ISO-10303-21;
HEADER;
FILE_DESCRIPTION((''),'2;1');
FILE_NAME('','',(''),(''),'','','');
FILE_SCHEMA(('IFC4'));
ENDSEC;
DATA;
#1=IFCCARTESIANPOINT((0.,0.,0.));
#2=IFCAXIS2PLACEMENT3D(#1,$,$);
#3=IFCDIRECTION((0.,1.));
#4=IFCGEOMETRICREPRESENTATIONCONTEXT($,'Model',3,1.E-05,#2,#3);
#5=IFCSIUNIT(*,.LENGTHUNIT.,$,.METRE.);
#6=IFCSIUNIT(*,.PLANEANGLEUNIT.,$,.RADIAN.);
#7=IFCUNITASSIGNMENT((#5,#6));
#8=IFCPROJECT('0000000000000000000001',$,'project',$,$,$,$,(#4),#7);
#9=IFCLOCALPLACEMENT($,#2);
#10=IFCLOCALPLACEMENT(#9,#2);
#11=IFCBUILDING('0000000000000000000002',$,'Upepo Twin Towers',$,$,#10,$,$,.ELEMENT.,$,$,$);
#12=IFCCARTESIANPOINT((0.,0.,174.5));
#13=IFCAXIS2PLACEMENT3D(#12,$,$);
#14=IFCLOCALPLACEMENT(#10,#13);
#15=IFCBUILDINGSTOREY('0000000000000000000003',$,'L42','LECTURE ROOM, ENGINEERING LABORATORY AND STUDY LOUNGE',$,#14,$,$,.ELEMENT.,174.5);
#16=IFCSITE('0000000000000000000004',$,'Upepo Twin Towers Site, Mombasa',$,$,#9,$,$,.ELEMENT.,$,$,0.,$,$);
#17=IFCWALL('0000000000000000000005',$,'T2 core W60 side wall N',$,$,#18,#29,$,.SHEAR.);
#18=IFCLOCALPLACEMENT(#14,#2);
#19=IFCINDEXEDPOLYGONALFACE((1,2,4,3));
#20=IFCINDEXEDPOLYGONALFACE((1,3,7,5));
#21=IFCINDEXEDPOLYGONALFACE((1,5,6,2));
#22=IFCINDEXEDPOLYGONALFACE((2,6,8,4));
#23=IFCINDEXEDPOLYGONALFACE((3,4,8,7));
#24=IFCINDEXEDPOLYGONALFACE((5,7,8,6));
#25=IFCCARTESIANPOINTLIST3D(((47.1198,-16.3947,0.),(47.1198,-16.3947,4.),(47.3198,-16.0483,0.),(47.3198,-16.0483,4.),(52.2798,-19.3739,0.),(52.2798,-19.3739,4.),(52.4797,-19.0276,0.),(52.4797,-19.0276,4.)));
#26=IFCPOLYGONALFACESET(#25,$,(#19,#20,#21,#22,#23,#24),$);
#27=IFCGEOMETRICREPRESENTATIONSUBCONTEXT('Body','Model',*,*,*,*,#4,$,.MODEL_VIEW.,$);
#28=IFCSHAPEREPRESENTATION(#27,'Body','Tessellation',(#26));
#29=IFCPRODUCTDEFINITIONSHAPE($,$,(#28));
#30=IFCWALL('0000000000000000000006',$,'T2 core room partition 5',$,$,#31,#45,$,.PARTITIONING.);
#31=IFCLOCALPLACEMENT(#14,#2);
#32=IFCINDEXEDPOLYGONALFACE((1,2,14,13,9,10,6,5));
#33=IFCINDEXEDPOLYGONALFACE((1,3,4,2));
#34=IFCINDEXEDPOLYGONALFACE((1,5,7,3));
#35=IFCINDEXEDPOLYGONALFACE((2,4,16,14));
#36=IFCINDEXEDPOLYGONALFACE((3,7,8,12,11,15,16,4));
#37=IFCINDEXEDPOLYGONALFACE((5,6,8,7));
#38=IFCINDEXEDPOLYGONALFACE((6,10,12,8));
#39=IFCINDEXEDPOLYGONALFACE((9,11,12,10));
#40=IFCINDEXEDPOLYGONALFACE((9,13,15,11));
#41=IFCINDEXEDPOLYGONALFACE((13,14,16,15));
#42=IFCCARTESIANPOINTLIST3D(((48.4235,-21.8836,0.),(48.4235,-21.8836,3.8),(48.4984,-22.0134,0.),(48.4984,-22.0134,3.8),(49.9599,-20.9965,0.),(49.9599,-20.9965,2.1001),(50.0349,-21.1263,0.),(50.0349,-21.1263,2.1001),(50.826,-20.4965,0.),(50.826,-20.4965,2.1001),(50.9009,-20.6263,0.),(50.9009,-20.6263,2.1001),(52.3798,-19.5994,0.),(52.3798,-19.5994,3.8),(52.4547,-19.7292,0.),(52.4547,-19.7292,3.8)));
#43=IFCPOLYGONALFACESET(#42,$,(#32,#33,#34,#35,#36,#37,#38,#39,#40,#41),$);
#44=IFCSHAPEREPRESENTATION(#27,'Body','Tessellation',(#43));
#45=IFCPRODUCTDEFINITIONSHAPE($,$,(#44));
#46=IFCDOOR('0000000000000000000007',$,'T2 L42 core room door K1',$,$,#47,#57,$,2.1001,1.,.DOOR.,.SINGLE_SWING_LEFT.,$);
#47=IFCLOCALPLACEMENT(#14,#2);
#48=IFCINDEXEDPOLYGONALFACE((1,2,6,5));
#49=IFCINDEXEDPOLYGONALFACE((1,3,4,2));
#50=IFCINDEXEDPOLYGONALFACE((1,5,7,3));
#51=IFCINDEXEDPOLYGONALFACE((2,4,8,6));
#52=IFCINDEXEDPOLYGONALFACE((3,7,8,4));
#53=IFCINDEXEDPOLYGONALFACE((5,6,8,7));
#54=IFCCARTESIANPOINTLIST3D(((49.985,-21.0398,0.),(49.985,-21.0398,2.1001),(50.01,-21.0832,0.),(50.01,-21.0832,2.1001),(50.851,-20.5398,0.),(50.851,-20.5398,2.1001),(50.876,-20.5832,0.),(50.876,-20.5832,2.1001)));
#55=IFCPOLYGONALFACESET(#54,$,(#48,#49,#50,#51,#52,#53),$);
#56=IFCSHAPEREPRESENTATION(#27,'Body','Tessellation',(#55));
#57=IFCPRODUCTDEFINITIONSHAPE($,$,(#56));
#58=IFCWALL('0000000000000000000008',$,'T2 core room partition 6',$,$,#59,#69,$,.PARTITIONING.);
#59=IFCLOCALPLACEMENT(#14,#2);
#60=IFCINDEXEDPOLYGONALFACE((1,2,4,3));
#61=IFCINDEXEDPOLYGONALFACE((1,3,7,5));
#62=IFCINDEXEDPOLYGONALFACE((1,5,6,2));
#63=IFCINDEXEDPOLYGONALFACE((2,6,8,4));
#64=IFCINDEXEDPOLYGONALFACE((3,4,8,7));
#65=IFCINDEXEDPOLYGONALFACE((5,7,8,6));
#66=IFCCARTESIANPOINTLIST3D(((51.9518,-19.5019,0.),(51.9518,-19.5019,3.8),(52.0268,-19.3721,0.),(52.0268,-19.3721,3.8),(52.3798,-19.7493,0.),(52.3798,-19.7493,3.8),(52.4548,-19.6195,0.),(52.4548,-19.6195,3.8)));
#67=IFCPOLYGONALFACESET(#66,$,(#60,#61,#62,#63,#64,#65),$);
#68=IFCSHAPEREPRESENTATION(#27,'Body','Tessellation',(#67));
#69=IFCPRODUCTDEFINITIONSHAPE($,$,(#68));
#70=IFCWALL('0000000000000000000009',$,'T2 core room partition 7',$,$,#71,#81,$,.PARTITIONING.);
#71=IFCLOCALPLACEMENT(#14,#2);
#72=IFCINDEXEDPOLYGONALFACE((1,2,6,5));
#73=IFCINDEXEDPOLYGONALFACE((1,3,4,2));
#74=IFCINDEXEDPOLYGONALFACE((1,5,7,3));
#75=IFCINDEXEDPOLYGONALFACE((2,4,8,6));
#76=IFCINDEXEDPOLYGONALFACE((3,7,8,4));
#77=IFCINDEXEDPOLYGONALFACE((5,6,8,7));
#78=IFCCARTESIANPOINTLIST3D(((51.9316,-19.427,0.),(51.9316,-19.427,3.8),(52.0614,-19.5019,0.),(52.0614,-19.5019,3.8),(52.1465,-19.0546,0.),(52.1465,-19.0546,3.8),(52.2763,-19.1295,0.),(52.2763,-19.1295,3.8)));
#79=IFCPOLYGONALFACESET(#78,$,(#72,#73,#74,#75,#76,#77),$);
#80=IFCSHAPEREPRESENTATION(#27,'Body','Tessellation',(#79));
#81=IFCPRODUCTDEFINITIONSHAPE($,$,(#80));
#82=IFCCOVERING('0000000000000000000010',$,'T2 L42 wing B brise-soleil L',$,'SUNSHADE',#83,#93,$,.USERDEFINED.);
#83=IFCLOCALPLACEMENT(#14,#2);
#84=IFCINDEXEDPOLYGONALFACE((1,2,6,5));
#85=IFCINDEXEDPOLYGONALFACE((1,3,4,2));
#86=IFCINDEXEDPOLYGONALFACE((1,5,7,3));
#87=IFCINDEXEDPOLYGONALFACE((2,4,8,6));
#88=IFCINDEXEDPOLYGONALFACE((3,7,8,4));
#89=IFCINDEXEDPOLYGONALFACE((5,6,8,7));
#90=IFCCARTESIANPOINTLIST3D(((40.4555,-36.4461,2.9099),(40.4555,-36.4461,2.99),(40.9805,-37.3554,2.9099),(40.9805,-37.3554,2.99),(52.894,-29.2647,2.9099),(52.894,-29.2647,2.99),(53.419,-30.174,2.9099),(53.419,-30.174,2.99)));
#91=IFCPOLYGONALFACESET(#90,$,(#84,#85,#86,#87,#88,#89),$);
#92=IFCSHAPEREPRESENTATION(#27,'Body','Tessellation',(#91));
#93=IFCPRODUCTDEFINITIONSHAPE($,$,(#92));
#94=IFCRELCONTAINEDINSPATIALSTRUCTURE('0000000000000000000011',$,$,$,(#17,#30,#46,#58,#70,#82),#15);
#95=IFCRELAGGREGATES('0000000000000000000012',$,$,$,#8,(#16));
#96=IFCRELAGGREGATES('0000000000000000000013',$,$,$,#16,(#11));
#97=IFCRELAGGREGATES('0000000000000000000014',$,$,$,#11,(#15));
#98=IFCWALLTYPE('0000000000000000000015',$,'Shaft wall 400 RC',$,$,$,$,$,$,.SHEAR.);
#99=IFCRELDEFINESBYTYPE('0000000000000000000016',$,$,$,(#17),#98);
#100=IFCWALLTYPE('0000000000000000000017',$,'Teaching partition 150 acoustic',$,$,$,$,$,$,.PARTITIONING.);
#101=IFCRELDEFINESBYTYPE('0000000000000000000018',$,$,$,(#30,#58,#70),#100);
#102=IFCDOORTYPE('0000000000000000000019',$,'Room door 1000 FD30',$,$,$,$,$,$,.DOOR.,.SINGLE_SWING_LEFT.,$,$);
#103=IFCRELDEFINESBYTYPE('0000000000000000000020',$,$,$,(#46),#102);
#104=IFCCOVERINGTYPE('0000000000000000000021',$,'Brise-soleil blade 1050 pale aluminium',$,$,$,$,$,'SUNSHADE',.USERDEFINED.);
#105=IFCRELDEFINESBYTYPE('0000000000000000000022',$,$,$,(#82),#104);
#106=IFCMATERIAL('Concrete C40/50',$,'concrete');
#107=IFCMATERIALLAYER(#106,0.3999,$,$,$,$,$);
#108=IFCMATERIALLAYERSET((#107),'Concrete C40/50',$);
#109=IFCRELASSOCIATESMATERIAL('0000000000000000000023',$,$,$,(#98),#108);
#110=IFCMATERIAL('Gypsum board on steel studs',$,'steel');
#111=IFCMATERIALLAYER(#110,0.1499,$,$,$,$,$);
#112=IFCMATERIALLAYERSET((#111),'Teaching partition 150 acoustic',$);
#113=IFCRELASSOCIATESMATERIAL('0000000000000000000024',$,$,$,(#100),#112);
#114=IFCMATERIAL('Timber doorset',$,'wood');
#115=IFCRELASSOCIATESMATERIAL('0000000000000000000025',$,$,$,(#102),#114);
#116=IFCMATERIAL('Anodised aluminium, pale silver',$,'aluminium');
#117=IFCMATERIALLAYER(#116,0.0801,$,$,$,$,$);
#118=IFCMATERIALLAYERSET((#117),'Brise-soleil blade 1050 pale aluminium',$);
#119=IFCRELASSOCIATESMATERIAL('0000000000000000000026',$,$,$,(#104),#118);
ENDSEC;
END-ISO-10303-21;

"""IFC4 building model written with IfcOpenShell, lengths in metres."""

from ifc_helpers import new_model, si_unit, direction, frame, frame_2d, origin, origin_2d, place, context, subcontext, project, spatial, rectangle, extrude, material, layer, layer_set, type_object, element, fill, save


model = new_model("IFC4")

# Units and contexts
model_context = context("Model", 3, precision=1e-05, world=origin(), true_north=direction((0.0, 1.0)))
body_context = subcontext(model_context, "Body", "Model", "MODEL_VIEW")
ifc_project = project(units=[si_unit("LENGTHUNIT", "METRE"), si_unit("PLANEANGLEUNIT", "RADIAN")], contexts=[model_context])

# Site, building, storey
site_placement = place(None, origin())
site = spatial("IfcSite", under=ifc_project, at=site_placement, Name="Upepo Twin Towers Site, Mombasa", CompositionType="ELEMENT", RefElevation=0.0)
building_placement = place(site_placement, origin())
building = spatial("IfcBuilding", under=site, at=building_placement, Name="Upepo Twin Towers", CompositionType="ELEMENT")
storey_placement = place(building_placement, frame((0.0, 0.0, 174.5)))
storey = spatial("IfcBuildingStorey", under=building, at=storey_placement, Name="L42", Description="LECTURE ROOM, ENGINEERING LABORATORY AND STUDY LOUNGE", CompositionType="ELEMENT", Elevation=174.5)

# Wall
ifc_material_1 = material(Name="Concrete C40/50", Category="concrete")
ifc_layer_1 = layer(ifc_material_1, 0.3999)
ifc_layer_set_1 = layer_set([ifc_layer_1], Name="Concrete C40/50")
wall_type_1 = type_object("IfcWallType", Name="Shaft wall 400 RC", PredefinedType="SHEAR", material=ifc_layer_set_1)
wall_1_placement = place(storey_placement, frame((52.3796, -19.2007, 0.0), z_axis=(0.0, 0.0, 1.0), x_axis=(-0.866013, 0.500022, 0.0)))
element("IfcWall", 1, at=wall_1_placement, inside=storey, type_object=wall_type_1, Name="T2 core W60 side wall N", PredefinedType="SHEAR", context=body_context, shape_type="SweptSolid", body=[
    extrude(rectangle(XDim=5.9583, YDim=0.3999, at=frame_2d((2.979, 0.0))), origin(), (0.0, 0.0, 1.0), 4.0),
])

# Wall, opening, door
ifc_material_2 = material(Name="Gypsum board on steel studs", Category="steel")
ifc_layer_2 = layer(ifc_material_2, 0.1499)
ifc_layer_set_2 = layer_set([ifc_layer_2], Name="Teaching partition 150 acoustic")
wall_type_2 = type_object("IfcWallType", Name="Teaching partition 150 acoustic", PredefinedType="PARTITIONING", material=ifc_layer_set_2)
wall_2_placement = place(storey_placement, frame((48.4609, -21.9485, 0.0), z_axis=(0.0, 0.0, 1.0), x_axis=(0.866025, 0.500002, 0.0)))
wall_2 = element("IfcWall", 2, at=wall_2_placement, inside=storey, type_object=wall_type_2, Name="T2 core room partition 5", PredefinedType="PARTITIONING", context=body_context, shape_type="SweptSolid", body=[
    extrude(rectangle(XDim=4.5684, YDim=0.1499, at=frame_2d((2.2842, 0.0))), origin(), (0.0, 0.0, 1.0), 3.8),
])
opening_1_placement = place(wall_2_placement, frame((1.7742, 0.0, 0.0)))
opening_1 = element("IfcOpeningElement", 3, at=opening_1_placement, cuts=wall_2, PredefinedType="OPENING", context=body_context, shape_type="SweptSolid", body=[
    extrude(rectangle(XDim=1.0, YDim=2.1001, at=frame_2d((0.5, 1.05))), frame((0.0, 0.085, 0.0), z_axis=(0.0, -1.0, 0.0), x_axis=(1.0, 0.0, 0.0)), (0.0, 0.0, 1.0), 0.1699),
])
ifc_material_3 = material(Name="Timber doorset", Category="wood")
door_type_1 = type_object("IfcDoorType", Name="Room door 1000 FD30", OperationType="SINGLE_SWING_LEFT", PredefinedType="DOOR", material=ifc_material_3)
door_1_placement = place(opening_1_placement, origin())
door_1 = element("IfcDoor", 4, at=door_1_placement, inside=storey, type_object=door_type_1, Name="T2 L42 core room door K1", OperationType="SINGLE_SWING_LEFT", OverallHeight=2.1001, OverallWidth=1.0, PredefinedType="DOOR", context=body_context, shape_type="SweptSolid", body=[
    extrude(rectangle(XDim=1.0, YDim=2.1001, at=frame_2d((0.5, 1.05))), frame((0.0, 0.0249, 0.0), z_axis=(0.0, -1.0, 0.0), x_axis=(1.0, 0.0, 0.0)), (0.0, 0.0, 1.0), 0.05),
])
fill(opening_1, door_1)

# Walls
wall_3_placement = place(storey_placement, frame((52.4172, -19.6843, 0.0), z_axis=(0.0, 0.0, 1.0), x_axis=(-0.865832, 0.500335, 0.0)))
element("IfcWall", 5, at=wall_3_placement, inside=storey, type_object=wall_type_2, Name="T2 core room partition 6", PredefinedType="PARTITIONING", context=body_context, shape_type="SweptSolid", body=[
    extrude(rectangle(XDim=0.4944, YDim=0.1499, at=frame_2d((0.2471, 0.0))), origin(), (0.0, 0.0, 1.0), 3.8),
])
wall_4_placement = place(storey_placement, frame((51.9966, -19.4644, 0.0), z_axis=(0.0, 0.0, 1.0), x_axis=(0.499804, 0.866138, 0.0)))
element("IfcWall", 6, at=wall_4_placement, inside=storey, type_object=wall_type_2, Name="T2 core room partition 7", PredefinedType="PARTITIONING", context=body_context, shape_type="SweptSolid", body=[
    extrude(rectangle(XDim=0.4299, YDim=0.1499, at=frame_2d((0.2148, 0.0))), origin(), (0.0, 0.0, 1.0), 3.8),
])

# Covering
ifc_material_4 = material(Name="Anodised aluminium, pale silver", Category="aluminium")
ifc_layer_3 = layer(ifc_material_4, 0.0801)
ifc_layer_set_3 = layer_set([ifc_layer_3], Name="Brise-soleil blade 1050 pale aluminium")
covering_type = type_object("IfcCoveringType", Name="Brise-soleil blade 1050 pale aluminium", ElementType="SUNSHADE", PredefinedType="USERDEFINED", material=ifc_layer_set_3)
covering_placement = place(storey_placement, frame((46.9373, -33.3101, 2.9099), z_axis=(0.0, 0.0, 1.0), x_axis=(-0.866025, -0.5, 0.0)))
element("IfcCovering", 7, at=covering_placement, inside=storey, type_object=covering_type, Name="T2 L42 wing B brise-soleil L", ObjectType="SUNSHADE", PredefinedType="USERDEFINED", context=body_context, shape_type="SweptSolid", body=[
    extrude(rectangle(XDim=14.3628, YDim=1.05, at=origin_2d()), origin(), (0.0, 0.0, 1.0), 0.0801),
])

save(model, "model.ifc")
